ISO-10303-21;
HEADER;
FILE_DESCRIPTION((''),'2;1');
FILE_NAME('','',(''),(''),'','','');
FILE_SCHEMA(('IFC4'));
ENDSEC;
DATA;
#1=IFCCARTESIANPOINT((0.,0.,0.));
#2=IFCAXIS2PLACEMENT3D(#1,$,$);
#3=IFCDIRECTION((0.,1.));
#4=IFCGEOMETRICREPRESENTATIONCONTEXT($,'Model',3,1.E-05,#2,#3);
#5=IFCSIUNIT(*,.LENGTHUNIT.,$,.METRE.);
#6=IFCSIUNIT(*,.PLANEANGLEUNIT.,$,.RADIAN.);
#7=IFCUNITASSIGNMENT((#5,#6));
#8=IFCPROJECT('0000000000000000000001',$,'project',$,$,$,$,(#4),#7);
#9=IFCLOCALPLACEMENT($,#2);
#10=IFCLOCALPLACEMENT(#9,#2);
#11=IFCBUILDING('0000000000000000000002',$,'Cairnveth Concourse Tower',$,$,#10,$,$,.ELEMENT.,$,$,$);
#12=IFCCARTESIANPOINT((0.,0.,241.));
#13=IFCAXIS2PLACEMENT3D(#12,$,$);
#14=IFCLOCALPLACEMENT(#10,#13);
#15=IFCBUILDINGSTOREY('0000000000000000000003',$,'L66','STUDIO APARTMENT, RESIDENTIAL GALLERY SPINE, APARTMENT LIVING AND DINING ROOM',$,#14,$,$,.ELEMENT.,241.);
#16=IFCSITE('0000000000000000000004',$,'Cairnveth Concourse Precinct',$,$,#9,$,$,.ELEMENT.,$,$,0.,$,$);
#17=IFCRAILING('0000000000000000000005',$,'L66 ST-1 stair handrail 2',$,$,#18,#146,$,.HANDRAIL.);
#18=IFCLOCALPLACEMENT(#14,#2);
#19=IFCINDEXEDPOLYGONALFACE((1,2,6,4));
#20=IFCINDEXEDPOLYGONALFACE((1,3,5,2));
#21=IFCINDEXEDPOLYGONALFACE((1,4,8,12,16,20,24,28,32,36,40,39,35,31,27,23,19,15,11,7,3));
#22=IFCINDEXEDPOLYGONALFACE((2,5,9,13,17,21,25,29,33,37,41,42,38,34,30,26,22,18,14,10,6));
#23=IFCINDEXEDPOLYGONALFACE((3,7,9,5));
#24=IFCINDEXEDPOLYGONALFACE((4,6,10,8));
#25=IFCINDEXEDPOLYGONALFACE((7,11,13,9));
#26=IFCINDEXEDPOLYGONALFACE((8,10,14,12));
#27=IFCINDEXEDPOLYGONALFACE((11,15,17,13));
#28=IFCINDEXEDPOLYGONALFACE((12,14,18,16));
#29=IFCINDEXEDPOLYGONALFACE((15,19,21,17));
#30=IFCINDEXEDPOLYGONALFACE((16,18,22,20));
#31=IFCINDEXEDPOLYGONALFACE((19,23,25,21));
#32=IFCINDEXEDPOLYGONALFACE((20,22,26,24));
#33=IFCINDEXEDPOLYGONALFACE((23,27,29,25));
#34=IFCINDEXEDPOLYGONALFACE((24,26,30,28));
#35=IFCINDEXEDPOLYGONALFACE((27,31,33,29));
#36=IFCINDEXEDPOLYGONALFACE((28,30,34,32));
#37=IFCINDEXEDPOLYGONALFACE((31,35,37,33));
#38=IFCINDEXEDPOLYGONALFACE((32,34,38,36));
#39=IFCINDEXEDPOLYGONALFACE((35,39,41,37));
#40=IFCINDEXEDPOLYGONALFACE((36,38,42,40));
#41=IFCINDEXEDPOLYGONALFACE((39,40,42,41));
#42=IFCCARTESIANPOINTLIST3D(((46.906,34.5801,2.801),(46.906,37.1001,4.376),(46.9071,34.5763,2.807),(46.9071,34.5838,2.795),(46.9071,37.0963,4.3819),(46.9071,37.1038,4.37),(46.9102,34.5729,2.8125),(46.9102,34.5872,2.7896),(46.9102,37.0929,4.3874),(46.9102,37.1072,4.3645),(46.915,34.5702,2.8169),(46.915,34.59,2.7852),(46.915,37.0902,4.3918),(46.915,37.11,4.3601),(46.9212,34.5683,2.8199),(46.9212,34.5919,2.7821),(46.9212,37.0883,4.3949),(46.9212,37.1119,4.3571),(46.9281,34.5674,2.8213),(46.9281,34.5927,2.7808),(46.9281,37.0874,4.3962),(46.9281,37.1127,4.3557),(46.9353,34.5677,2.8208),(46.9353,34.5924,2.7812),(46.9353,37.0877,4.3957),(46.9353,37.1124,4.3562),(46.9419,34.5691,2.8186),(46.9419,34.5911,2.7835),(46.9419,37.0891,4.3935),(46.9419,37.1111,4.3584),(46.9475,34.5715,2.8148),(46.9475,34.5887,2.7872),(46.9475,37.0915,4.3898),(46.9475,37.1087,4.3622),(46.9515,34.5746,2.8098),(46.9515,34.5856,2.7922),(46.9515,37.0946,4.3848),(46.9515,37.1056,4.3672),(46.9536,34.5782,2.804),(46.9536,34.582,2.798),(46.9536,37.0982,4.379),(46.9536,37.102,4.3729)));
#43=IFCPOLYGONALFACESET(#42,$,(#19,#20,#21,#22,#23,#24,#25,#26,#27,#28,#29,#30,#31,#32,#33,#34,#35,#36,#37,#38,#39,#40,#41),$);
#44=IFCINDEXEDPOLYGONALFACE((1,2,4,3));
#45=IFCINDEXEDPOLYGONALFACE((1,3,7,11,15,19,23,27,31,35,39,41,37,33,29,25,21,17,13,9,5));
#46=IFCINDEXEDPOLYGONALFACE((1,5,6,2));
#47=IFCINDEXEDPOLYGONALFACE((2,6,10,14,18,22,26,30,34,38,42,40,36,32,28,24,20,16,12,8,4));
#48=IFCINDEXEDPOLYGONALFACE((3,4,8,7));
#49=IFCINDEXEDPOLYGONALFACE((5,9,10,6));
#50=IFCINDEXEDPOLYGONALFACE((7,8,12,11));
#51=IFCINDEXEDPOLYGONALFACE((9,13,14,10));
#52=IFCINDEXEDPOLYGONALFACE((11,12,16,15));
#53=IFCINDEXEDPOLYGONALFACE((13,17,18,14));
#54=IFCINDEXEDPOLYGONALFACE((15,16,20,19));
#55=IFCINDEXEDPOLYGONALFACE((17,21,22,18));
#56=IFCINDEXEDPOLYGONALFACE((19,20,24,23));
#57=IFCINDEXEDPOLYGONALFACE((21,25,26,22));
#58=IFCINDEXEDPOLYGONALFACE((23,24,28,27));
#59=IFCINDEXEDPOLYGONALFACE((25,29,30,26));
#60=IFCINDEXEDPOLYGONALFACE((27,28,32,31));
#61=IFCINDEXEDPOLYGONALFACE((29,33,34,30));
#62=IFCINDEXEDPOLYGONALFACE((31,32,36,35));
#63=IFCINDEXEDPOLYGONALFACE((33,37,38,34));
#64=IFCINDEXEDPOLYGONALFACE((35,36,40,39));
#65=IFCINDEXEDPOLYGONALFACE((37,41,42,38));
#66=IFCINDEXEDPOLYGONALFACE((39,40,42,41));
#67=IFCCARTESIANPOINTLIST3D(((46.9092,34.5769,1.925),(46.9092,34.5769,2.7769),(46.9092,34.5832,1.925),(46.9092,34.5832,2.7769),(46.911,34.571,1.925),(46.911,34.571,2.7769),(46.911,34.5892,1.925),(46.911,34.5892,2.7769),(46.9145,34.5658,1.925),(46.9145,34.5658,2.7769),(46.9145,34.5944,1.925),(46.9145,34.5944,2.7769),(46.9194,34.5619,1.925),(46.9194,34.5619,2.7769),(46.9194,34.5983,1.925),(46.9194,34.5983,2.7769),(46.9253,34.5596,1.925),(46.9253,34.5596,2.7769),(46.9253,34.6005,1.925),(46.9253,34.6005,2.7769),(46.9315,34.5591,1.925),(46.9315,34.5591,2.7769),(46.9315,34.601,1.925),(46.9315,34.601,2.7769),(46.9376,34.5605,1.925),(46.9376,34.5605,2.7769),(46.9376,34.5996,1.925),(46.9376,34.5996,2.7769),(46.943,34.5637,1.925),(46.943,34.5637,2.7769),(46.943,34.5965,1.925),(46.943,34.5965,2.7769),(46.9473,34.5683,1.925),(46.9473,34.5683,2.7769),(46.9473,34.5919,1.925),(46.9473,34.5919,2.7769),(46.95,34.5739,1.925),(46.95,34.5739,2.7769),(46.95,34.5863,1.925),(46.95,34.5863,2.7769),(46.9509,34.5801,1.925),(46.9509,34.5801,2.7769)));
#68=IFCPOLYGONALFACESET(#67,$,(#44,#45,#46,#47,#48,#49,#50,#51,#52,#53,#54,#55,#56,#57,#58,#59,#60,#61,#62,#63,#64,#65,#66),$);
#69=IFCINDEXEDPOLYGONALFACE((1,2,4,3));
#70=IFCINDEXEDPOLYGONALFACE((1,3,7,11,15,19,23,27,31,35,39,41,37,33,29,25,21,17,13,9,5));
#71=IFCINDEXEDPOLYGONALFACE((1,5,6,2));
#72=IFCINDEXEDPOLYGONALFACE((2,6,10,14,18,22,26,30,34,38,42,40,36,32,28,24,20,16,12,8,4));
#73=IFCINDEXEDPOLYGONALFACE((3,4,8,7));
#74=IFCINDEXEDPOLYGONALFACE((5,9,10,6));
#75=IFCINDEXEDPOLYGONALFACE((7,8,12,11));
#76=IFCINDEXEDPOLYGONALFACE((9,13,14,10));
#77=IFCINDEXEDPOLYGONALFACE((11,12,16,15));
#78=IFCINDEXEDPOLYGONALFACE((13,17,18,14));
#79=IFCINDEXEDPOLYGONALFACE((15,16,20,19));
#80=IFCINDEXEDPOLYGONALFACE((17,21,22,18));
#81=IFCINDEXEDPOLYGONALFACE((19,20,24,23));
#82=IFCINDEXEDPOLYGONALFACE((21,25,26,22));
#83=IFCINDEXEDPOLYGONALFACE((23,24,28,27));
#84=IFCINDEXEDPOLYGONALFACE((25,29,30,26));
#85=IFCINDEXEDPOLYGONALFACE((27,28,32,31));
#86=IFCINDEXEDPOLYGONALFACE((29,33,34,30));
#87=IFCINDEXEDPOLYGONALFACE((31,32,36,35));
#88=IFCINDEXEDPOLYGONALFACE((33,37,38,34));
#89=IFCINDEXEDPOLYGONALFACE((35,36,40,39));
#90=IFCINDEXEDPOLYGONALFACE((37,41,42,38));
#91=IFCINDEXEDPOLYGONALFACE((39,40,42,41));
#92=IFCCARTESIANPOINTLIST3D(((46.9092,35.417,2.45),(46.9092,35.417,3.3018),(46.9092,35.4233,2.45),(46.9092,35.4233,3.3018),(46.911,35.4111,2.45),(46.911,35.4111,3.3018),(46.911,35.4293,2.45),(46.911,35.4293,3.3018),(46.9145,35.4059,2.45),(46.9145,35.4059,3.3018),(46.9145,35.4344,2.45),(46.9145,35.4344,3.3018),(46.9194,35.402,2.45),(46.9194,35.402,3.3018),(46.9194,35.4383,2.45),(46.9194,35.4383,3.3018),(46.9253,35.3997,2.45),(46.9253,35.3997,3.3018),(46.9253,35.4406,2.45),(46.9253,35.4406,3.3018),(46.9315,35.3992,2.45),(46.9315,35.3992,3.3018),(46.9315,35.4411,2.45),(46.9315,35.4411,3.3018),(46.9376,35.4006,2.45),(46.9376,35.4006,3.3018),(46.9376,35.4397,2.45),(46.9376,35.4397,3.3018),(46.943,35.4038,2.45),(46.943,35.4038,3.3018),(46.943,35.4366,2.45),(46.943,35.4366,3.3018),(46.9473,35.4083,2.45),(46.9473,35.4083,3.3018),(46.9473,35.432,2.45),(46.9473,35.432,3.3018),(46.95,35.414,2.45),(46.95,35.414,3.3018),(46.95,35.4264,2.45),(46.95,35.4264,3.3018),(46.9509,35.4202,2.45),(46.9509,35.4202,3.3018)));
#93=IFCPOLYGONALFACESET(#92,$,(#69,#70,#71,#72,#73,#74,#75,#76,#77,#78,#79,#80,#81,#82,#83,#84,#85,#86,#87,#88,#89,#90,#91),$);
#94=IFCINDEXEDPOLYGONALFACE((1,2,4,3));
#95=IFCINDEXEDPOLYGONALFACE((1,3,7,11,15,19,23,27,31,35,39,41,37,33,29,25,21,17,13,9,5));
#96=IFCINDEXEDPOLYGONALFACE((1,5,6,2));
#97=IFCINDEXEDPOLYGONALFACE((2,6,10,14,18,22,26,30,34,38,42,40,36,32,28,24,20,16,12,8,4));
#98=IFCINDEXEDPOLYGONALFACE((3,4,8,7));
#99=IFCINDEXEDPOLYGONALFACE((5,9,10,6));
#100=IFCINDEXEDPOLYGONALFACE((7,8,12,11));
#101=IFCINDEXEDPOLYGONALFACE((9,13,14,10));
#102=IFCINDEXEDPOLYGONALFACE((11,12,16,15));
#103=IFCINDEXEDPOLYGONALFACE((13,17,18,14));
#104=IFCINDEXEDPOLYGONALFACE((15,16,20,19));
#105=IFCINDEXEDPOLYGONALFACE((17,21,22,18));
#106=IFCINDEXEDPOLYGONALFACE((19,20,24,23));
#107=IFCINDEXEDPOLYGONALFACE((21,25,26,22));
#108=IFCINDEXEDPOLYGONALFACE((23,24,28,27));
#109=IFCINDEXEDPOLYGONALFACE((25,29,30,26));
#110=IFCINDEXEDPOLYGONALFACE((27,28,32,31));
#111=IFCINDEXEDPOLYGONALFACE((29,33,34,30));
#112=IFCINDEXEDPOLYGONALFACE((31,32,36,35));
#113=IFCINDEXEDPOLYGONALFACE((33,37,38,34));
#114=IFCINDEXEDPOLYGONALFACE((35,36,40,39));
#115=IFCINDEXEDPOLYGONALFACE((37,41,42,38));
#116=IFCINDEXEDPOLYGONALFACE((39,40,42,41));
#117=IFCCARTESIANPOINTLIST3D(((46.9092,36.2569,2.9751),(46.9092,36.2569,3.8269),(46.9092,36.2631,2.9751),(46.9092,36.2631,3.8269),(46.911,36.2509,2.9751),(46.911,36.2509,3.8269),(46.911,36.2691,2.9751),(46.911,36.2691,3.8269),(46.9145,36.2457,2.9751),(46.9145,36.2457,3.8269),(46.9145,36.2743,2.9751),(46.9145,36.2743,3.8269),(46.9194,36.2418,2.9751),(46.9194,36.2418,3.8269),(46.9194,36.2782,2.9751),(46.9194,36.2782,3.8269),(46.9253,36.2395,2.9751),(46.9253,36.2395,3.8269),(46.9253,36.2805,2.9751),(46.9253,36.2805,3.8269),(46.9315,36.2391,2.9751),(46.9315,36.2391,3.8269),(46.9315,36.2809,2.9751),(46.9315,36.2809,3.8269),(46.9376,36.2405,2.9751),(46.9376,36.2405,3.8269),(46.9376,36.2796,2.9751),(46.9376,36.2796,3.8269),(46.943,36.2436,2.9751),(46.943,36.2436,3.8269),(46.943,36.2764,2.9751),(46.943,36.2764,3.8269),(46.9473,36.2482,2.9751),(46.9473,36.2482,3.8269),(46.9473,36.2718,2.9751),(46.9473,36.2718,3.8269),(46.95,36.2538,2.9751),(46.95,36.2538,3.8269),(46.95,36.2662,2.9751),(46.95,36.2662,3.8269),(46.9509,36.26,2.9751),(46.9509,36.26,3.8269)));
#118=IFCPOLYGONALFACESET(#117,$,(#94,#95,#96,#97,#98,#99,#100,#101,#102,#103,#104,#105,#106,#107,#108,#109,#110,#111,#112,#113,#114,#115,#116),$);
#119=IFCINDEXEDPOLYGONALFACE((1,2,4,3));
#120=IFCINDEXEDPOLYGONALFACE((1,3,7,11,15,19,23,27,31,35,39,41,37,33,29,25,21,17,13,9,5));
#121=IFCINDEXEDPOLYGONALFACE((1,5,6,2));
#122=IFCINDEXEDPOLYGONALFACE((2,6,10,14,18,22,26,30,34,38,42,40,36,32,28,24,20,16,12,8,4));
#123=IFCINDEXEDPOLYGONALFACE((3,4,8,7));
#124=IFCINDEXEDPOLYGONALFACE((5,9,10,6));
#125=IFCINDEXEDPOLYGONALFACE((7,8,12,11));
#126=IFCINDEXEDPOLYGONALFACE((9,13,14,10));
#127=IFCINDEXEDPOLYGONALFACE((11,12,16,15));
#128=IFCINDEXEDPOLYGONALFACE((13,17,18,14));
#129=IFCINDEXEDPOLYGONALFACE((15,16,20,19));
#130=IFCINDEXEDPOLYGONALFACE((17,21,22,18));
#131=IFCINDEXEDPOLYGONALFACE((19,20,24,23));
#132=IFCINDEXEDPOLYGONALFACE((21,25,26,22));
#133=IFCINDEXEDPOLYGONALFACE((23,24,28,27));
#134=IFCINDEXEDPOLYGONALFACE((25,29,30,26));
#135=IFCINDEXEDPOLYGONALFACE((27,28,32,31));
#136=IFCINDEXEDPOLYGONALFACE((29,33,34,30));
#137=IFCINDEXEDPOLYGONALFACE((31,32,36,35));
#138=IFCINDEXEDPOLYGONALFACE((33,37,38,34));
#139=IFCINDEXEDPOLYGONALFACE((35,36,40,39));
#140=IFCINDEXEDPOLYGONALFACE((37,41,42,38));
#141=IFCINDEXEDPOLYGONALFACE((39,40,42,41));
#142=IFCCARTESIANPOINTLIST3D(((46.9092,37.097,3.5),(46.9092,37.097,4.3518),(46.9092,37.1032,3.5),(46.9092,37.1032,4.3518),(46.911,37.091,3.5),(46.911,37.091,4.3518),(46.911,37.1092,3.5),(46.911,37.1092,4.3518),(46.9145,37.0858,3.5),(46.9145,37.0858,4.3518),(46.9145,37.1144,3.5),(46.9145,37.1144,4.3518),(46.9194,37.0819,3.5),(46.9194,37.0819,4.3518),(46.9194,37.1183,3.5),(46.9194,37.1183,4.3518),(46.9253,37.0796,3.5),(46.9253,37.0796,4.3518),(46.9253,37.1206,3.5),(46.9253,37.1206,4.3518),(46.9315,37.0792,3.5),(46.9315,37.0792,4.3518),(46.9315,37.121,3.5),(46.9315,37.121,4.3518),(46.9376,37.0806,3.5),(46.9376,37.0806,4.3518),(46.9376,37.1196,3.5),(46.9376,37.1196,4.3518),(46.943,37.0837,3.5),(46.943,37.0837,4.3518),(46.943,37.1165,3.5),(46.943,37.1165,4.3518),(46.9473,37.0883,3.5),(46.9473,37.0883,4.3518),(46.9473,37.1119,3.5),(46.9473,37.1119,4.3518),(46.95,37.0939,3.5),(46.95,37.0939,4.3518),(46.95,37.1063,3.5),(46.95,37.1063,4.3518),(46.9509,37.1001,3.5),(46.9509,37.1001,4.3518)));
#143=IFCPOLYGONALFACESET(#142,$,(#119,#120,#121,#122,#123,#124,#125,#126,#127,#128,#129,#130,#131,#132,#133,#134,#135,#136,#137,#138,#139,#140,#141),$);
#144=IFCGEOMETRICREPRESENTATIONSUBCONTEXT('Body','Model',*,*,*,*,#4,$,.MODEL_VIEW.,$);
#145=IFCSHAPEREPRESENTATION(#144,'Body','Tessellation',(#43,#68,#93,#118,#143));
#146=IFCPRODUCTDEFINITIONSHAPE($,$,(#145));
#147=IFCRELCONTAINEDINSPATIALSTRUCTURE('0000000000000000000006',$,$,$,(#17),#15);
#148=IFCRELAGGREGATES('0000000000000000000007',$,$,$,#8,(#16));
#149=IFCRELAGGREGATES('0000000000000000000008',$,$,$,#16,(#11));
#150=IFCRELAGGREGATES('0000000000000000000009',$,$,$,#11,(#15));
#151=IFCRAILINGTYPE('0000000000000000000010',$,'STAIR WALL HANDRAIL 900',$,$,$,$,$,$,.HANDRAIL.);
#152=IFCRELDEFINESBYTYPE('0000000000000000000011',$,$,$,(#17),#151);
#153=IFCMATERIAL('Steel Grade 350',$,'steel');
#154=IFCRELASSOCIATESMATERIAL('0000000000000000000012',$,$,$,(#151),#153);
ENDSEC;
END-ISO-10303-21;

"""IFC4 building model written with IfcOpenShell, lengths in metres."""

from ifc_helpers import new_model, si_unit, direction, frame, origin, origin_2d, place, context, subcontext, project, spatial, circle, extrude, material, type_object, element, save


model = new_model("IFC4")

# Units and contexts
model_context = context("Model", 3, precision=1e-05, world=origin(), true_north=direction((0.0, 1.0)))
body_context = subcontext(model_context, "Body", "Model", "MODEL_VIEW")
ifc_project = project(units=[si_unit("LENGTHUNIT", "METRE"), si_unit("PLANEANGLEUNIT", "RADIAN")], contexts=[model_context])

# Site, building, storey
site_placement = place(None, origin())
site = spatial("IfcSite", under=ifc_project, at=site_placement, Name="Cairnveth Concourse Precinct", CompositionType="ELEMENT", RefElevation=0.0)
building_placement = place(site_placement, origin())
building = spatial("IfcBuilding", under=site, at=building_placement, Name="Cairnveth Concourse Tower", CompositionType="ELEMENT")
storey_placement = place(building_placement, frame((0.0, 0.0, 241.0)))
storey = spatial("IfcBuildingStorey", under=building, at=storey_placement, Name="L66", Description="STUDIO APARTMENT, RESIDENTIAL GALLERY SPINE, APARTMENT LIVING AND DINING ROOM", CompositionType="ELEMENT", Elevation=241.0)

# Railing
ifc_material_1 = material(Name="Steel Grade 350", Category="steel")
railing_type_1 = type_object("IfcRailingType", Name="STAIR WALL HANDRAIL 900", PredefinedType="HANDRAIL", material=ifc_material_1)
railing_1_placement = place(storey_placement, frame((46.9299, 34.5801, 1.925)))
element("IfcRailing", 1, at=railing_1_placement, inside=storey, type_object=railing_type_1, Name="L66 ST-1 stair handrail 2", PredefinedType="HANDRAIL", context=body_context, shape_type="SweptSolid", body=[
    extrude(circle(Radius=0.0239, at=origin_2d()), frame((0.0, 0.0, 0.876), z_axis=(0.0, 0.848008, 0.529984), x_axis=(-1.0, 0.0, 0.0)), (0.0, 0.0, 1.0), 2.9717),
    extrude(circle(Radius=0.021, at=origin_2d()), origin(), (0.0, 0.0, 1.0), 0.8518),
    extrude(circle(Radius=0.021, at=origin_2d()), frame((0.0, 0.8401, 0.5249)), (0.0, 0.0, 1.0), 0.8518),
    extrude(circle(Radius=0.021, at=origin_2d()), frame((0.0, 1.6799, 1.05)), (0.0, 0.0, 1.0), 0.8518),
    extrude(circle(Radius=0.021, at=origin_2d()), frame((0.0, 2.52, 1.575)), (0.0, 0.0, 1.0), 0.8518),
])

save(model, "model.ifc")
